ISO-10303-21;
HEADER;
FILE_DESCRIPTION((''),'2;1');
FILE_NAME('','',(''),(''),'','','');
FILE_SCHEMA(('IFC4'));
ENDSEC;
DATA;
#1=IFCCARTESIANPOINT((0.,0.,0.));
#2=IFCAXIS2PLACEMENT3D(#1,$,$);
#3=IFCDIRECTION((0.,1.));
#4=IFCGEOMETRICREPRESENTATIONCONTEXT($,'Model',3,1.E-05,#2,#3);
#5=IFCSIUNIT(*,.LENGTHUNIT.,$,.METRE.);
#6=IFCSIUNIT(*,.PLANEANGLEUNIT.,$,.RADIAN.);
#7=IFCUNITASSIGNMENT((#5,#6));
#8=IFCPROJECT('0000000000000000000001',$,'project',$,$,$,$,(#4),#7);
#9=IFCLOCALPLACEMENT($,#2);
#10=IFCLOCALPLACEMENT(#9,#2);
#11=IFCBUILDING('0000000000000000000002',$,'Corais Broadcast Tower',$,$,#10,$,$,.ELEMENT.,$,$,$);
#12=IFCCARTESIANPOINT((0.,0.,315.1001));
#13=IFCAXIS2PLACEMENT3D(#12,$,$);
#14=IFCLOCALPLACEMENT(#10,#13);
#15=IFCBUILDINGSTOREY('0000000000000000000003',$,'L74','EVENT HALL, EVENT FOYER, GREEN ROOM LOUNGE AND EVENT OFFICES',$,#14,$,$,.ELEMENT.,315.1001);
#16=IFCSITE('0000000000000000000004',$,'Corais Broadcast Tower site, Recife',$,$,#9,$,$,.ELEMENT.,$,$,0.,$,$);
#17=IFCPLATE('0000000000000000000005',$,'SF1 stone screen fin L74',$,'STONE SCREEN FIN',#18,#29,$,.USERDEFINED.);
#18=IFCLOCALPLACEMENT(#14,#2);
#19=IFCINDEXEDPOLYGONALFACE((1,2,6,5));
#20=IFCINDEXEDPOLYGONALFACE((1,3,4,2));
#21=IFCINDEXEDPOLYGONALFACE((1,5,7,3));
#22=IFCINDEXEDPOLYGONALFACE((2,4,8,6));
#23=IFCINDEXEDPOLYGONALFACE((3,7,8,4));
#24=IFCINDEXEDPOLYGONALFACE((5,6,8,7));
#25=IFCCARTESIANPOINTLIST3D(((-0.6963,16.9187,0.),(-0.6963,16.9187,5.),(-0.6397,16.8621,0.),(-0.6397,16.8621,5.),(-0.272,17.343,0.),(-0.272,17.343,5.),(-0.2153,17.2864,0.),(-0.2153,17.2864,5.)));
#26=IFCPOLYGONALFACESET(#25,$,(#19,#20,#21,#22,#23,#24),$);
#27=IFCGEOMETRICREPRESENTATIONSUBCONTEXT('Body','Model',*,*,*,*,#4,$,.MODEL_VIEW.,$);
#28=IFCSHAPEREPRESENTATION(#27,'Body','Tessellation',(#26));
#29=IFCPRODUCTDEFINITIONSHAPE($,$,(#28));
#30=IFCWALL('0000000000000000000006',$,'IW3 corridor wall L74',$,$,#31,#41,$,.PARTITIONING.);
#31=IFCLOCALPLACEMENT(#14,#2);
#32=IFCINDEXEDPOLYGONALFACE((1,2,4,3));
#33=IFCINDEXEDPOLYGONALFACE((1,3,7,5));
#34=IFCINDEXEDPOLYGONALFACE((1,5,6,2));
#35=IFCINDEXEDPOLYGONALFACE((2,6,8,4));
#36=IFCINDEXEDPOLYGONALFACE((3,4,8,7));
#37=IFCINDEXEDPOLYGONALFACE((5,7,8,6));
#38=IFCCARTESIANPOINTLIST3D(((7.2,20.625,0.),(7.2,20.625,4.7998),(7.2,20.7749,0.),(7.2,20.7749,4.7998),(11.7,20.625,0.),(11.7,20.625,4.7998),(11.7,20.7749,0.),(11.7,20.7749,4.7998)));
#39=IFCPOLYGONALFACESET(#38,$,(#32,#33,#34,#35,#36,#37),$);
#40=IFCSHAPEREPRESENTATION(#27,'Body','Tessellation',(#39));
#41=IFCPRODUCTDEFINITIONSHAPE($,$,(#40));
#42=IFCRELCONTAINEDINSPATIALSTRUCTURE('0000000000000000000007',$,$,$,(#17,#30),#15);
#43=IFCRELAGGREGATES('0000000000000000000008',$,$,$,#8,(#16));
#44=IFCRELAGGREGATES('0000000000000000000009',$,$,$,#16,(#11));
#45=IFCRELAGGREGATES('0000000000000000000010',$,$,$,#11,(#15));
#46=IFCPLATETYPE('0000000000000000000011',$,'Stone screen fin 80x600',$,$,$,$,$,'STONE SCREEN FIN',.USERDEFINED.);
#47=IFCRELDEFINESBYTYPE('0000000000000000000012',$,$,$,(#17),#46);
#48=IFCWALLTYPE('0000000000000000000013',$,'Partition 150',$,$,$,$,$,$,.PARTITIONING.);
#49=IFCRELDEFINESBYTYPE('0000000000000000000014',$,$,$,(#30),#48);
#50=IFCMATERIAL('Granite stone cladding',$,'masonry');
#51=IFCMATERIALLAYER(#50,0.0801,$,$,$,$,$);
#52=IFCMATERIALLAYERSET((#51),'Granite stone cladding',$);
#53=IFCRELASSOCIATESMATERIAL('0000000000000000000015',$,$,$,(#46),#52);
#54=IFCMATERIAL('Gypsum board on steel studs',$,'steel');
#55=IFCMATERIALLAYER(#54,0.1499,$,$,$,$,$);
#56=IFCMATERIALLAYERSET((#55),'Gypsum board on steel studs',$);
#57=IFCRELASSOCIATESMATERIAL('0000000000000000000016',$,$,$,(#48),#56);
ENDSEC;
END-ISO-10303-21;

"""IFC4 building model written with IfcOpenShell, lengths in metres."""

from ifc_helpers import new_model, si_unit, direction, frame, frame_2d, origin, origin_2d, place, context, subcontext, project, spatial, rectangle, extrude, material, layer, layer_set, type_object, element, save


model = new_model("IFC4")

# Units and contexts
model_context = context("Model", 3, precision=1e-05, world=origin(), true_north=direction((0.0, 1.0)))
body_context = subcontext(model_context, "Body", "Model", "MODEL_VIEW")
ifc_project = project(units=[si_unit("LENGTHUNIT", "METRE"), si_unit("PLANEANGLEUNIT", "RADIAN")], contexts=[model_context])

# Site, building, storey
site_placement = place(None, origin())
site = spatial("IfcSite", under=ifc_project, at=site_placement, Name="Corais Broadcast Tower site, Recife", CompositionType="ELEMENT", RefElevation=0.0)
building_placement = place(site_placement, origin())
building = spatial("IfcBuilding", under=site, at=building_placement, Name="Corais Broadcast Tower", CompositionType="ELEMENT")
storey_placement = place(building_placement, frame((0.0, 0.0, 315.1001)))
storey = spatial("IfcBuildingStorey", under=building, at=storey_placement, Name="L74", Description="EVENT HALL, EVENT FOYER, GREEN ROOM LOUNGE AND EVENT OFFICES", CompositionType="ELEMENT", Elevation=315.1001)

# Plate
ifc_material_1 = material(Name="Granite stone cladding", Category="masonry")
ifc_layer_1 = layer(ifc_material_1, 0.0801)
ifc_layer_set_1 = layer_set([ifc_layer_1], Name="Granite stone cladding")
plate_type_1 = type_object("IfcPlateType", Name="Stone screen fin 80x600", ElementType="STONE SCREEN FIN", PredefinedType="USERDEFINED", material=ifc_layer_set_1)
for number, where, z_axis, x_axis, name in (
    (1, (-0.4558, 17.1025, 0.0), (0.0, 0.0, 1.0), (-0.707107, 0.707107, 0.0), "SF1 stone screen fin L74"),
):
    element("IfcPlate", number, at=place(storey_placement, frame(where, z_axis=z_axis, x_axis=x_axis)), inside=storey, type_object=plate_type_1, Name=name, ObjectType="STONE SCREEN FIN", PredefinedType="USERDEFINED", context=body_context, shape_type="SweptSolid", body=[
        extrude(rectangle(XDim=0.0801, YDim=0.6001, at=origin_2d()), origin(), (0.0, 0.0, 1.0), 5.0),
    ])

# Wall
ifc_material_2 = material(Name="Gypsum board on steel studs", Category="steel")
ifc_layer_2 = layer(ifc_material_2, 0.1499)
ifc_layer_set_2 = layer_set([ifc_layer_2], Name="Gypsum board on steel studs")
wall_type = type_object("IfcWallType", Name="Partition 150", PredefinedType="PARTITIONING", material=ifc_layer_set_2)
wall_placement = place(storey_placement, frame((7.2, 20.7, 0.0), z_axis=(0.0, 0.0, 1.0), x_axis=(1.0, 0.0, 0.0)))
element("IfcWall", 2, at=wall_placement, inside=storey, type_object=wall_type, Name="IW3 corridor wall L74", PredefinedType="PARTITIONING", context=body_context, shape_type="SweptSolid", body=[
    extrude(rectangle(XDim=4.5, YDim=0.1499, at=frame_2d((2.25, 0.0))), origin(), (0.0, 0.0, 1.0), 4.7998),
])

save(model, "model.ifc")
